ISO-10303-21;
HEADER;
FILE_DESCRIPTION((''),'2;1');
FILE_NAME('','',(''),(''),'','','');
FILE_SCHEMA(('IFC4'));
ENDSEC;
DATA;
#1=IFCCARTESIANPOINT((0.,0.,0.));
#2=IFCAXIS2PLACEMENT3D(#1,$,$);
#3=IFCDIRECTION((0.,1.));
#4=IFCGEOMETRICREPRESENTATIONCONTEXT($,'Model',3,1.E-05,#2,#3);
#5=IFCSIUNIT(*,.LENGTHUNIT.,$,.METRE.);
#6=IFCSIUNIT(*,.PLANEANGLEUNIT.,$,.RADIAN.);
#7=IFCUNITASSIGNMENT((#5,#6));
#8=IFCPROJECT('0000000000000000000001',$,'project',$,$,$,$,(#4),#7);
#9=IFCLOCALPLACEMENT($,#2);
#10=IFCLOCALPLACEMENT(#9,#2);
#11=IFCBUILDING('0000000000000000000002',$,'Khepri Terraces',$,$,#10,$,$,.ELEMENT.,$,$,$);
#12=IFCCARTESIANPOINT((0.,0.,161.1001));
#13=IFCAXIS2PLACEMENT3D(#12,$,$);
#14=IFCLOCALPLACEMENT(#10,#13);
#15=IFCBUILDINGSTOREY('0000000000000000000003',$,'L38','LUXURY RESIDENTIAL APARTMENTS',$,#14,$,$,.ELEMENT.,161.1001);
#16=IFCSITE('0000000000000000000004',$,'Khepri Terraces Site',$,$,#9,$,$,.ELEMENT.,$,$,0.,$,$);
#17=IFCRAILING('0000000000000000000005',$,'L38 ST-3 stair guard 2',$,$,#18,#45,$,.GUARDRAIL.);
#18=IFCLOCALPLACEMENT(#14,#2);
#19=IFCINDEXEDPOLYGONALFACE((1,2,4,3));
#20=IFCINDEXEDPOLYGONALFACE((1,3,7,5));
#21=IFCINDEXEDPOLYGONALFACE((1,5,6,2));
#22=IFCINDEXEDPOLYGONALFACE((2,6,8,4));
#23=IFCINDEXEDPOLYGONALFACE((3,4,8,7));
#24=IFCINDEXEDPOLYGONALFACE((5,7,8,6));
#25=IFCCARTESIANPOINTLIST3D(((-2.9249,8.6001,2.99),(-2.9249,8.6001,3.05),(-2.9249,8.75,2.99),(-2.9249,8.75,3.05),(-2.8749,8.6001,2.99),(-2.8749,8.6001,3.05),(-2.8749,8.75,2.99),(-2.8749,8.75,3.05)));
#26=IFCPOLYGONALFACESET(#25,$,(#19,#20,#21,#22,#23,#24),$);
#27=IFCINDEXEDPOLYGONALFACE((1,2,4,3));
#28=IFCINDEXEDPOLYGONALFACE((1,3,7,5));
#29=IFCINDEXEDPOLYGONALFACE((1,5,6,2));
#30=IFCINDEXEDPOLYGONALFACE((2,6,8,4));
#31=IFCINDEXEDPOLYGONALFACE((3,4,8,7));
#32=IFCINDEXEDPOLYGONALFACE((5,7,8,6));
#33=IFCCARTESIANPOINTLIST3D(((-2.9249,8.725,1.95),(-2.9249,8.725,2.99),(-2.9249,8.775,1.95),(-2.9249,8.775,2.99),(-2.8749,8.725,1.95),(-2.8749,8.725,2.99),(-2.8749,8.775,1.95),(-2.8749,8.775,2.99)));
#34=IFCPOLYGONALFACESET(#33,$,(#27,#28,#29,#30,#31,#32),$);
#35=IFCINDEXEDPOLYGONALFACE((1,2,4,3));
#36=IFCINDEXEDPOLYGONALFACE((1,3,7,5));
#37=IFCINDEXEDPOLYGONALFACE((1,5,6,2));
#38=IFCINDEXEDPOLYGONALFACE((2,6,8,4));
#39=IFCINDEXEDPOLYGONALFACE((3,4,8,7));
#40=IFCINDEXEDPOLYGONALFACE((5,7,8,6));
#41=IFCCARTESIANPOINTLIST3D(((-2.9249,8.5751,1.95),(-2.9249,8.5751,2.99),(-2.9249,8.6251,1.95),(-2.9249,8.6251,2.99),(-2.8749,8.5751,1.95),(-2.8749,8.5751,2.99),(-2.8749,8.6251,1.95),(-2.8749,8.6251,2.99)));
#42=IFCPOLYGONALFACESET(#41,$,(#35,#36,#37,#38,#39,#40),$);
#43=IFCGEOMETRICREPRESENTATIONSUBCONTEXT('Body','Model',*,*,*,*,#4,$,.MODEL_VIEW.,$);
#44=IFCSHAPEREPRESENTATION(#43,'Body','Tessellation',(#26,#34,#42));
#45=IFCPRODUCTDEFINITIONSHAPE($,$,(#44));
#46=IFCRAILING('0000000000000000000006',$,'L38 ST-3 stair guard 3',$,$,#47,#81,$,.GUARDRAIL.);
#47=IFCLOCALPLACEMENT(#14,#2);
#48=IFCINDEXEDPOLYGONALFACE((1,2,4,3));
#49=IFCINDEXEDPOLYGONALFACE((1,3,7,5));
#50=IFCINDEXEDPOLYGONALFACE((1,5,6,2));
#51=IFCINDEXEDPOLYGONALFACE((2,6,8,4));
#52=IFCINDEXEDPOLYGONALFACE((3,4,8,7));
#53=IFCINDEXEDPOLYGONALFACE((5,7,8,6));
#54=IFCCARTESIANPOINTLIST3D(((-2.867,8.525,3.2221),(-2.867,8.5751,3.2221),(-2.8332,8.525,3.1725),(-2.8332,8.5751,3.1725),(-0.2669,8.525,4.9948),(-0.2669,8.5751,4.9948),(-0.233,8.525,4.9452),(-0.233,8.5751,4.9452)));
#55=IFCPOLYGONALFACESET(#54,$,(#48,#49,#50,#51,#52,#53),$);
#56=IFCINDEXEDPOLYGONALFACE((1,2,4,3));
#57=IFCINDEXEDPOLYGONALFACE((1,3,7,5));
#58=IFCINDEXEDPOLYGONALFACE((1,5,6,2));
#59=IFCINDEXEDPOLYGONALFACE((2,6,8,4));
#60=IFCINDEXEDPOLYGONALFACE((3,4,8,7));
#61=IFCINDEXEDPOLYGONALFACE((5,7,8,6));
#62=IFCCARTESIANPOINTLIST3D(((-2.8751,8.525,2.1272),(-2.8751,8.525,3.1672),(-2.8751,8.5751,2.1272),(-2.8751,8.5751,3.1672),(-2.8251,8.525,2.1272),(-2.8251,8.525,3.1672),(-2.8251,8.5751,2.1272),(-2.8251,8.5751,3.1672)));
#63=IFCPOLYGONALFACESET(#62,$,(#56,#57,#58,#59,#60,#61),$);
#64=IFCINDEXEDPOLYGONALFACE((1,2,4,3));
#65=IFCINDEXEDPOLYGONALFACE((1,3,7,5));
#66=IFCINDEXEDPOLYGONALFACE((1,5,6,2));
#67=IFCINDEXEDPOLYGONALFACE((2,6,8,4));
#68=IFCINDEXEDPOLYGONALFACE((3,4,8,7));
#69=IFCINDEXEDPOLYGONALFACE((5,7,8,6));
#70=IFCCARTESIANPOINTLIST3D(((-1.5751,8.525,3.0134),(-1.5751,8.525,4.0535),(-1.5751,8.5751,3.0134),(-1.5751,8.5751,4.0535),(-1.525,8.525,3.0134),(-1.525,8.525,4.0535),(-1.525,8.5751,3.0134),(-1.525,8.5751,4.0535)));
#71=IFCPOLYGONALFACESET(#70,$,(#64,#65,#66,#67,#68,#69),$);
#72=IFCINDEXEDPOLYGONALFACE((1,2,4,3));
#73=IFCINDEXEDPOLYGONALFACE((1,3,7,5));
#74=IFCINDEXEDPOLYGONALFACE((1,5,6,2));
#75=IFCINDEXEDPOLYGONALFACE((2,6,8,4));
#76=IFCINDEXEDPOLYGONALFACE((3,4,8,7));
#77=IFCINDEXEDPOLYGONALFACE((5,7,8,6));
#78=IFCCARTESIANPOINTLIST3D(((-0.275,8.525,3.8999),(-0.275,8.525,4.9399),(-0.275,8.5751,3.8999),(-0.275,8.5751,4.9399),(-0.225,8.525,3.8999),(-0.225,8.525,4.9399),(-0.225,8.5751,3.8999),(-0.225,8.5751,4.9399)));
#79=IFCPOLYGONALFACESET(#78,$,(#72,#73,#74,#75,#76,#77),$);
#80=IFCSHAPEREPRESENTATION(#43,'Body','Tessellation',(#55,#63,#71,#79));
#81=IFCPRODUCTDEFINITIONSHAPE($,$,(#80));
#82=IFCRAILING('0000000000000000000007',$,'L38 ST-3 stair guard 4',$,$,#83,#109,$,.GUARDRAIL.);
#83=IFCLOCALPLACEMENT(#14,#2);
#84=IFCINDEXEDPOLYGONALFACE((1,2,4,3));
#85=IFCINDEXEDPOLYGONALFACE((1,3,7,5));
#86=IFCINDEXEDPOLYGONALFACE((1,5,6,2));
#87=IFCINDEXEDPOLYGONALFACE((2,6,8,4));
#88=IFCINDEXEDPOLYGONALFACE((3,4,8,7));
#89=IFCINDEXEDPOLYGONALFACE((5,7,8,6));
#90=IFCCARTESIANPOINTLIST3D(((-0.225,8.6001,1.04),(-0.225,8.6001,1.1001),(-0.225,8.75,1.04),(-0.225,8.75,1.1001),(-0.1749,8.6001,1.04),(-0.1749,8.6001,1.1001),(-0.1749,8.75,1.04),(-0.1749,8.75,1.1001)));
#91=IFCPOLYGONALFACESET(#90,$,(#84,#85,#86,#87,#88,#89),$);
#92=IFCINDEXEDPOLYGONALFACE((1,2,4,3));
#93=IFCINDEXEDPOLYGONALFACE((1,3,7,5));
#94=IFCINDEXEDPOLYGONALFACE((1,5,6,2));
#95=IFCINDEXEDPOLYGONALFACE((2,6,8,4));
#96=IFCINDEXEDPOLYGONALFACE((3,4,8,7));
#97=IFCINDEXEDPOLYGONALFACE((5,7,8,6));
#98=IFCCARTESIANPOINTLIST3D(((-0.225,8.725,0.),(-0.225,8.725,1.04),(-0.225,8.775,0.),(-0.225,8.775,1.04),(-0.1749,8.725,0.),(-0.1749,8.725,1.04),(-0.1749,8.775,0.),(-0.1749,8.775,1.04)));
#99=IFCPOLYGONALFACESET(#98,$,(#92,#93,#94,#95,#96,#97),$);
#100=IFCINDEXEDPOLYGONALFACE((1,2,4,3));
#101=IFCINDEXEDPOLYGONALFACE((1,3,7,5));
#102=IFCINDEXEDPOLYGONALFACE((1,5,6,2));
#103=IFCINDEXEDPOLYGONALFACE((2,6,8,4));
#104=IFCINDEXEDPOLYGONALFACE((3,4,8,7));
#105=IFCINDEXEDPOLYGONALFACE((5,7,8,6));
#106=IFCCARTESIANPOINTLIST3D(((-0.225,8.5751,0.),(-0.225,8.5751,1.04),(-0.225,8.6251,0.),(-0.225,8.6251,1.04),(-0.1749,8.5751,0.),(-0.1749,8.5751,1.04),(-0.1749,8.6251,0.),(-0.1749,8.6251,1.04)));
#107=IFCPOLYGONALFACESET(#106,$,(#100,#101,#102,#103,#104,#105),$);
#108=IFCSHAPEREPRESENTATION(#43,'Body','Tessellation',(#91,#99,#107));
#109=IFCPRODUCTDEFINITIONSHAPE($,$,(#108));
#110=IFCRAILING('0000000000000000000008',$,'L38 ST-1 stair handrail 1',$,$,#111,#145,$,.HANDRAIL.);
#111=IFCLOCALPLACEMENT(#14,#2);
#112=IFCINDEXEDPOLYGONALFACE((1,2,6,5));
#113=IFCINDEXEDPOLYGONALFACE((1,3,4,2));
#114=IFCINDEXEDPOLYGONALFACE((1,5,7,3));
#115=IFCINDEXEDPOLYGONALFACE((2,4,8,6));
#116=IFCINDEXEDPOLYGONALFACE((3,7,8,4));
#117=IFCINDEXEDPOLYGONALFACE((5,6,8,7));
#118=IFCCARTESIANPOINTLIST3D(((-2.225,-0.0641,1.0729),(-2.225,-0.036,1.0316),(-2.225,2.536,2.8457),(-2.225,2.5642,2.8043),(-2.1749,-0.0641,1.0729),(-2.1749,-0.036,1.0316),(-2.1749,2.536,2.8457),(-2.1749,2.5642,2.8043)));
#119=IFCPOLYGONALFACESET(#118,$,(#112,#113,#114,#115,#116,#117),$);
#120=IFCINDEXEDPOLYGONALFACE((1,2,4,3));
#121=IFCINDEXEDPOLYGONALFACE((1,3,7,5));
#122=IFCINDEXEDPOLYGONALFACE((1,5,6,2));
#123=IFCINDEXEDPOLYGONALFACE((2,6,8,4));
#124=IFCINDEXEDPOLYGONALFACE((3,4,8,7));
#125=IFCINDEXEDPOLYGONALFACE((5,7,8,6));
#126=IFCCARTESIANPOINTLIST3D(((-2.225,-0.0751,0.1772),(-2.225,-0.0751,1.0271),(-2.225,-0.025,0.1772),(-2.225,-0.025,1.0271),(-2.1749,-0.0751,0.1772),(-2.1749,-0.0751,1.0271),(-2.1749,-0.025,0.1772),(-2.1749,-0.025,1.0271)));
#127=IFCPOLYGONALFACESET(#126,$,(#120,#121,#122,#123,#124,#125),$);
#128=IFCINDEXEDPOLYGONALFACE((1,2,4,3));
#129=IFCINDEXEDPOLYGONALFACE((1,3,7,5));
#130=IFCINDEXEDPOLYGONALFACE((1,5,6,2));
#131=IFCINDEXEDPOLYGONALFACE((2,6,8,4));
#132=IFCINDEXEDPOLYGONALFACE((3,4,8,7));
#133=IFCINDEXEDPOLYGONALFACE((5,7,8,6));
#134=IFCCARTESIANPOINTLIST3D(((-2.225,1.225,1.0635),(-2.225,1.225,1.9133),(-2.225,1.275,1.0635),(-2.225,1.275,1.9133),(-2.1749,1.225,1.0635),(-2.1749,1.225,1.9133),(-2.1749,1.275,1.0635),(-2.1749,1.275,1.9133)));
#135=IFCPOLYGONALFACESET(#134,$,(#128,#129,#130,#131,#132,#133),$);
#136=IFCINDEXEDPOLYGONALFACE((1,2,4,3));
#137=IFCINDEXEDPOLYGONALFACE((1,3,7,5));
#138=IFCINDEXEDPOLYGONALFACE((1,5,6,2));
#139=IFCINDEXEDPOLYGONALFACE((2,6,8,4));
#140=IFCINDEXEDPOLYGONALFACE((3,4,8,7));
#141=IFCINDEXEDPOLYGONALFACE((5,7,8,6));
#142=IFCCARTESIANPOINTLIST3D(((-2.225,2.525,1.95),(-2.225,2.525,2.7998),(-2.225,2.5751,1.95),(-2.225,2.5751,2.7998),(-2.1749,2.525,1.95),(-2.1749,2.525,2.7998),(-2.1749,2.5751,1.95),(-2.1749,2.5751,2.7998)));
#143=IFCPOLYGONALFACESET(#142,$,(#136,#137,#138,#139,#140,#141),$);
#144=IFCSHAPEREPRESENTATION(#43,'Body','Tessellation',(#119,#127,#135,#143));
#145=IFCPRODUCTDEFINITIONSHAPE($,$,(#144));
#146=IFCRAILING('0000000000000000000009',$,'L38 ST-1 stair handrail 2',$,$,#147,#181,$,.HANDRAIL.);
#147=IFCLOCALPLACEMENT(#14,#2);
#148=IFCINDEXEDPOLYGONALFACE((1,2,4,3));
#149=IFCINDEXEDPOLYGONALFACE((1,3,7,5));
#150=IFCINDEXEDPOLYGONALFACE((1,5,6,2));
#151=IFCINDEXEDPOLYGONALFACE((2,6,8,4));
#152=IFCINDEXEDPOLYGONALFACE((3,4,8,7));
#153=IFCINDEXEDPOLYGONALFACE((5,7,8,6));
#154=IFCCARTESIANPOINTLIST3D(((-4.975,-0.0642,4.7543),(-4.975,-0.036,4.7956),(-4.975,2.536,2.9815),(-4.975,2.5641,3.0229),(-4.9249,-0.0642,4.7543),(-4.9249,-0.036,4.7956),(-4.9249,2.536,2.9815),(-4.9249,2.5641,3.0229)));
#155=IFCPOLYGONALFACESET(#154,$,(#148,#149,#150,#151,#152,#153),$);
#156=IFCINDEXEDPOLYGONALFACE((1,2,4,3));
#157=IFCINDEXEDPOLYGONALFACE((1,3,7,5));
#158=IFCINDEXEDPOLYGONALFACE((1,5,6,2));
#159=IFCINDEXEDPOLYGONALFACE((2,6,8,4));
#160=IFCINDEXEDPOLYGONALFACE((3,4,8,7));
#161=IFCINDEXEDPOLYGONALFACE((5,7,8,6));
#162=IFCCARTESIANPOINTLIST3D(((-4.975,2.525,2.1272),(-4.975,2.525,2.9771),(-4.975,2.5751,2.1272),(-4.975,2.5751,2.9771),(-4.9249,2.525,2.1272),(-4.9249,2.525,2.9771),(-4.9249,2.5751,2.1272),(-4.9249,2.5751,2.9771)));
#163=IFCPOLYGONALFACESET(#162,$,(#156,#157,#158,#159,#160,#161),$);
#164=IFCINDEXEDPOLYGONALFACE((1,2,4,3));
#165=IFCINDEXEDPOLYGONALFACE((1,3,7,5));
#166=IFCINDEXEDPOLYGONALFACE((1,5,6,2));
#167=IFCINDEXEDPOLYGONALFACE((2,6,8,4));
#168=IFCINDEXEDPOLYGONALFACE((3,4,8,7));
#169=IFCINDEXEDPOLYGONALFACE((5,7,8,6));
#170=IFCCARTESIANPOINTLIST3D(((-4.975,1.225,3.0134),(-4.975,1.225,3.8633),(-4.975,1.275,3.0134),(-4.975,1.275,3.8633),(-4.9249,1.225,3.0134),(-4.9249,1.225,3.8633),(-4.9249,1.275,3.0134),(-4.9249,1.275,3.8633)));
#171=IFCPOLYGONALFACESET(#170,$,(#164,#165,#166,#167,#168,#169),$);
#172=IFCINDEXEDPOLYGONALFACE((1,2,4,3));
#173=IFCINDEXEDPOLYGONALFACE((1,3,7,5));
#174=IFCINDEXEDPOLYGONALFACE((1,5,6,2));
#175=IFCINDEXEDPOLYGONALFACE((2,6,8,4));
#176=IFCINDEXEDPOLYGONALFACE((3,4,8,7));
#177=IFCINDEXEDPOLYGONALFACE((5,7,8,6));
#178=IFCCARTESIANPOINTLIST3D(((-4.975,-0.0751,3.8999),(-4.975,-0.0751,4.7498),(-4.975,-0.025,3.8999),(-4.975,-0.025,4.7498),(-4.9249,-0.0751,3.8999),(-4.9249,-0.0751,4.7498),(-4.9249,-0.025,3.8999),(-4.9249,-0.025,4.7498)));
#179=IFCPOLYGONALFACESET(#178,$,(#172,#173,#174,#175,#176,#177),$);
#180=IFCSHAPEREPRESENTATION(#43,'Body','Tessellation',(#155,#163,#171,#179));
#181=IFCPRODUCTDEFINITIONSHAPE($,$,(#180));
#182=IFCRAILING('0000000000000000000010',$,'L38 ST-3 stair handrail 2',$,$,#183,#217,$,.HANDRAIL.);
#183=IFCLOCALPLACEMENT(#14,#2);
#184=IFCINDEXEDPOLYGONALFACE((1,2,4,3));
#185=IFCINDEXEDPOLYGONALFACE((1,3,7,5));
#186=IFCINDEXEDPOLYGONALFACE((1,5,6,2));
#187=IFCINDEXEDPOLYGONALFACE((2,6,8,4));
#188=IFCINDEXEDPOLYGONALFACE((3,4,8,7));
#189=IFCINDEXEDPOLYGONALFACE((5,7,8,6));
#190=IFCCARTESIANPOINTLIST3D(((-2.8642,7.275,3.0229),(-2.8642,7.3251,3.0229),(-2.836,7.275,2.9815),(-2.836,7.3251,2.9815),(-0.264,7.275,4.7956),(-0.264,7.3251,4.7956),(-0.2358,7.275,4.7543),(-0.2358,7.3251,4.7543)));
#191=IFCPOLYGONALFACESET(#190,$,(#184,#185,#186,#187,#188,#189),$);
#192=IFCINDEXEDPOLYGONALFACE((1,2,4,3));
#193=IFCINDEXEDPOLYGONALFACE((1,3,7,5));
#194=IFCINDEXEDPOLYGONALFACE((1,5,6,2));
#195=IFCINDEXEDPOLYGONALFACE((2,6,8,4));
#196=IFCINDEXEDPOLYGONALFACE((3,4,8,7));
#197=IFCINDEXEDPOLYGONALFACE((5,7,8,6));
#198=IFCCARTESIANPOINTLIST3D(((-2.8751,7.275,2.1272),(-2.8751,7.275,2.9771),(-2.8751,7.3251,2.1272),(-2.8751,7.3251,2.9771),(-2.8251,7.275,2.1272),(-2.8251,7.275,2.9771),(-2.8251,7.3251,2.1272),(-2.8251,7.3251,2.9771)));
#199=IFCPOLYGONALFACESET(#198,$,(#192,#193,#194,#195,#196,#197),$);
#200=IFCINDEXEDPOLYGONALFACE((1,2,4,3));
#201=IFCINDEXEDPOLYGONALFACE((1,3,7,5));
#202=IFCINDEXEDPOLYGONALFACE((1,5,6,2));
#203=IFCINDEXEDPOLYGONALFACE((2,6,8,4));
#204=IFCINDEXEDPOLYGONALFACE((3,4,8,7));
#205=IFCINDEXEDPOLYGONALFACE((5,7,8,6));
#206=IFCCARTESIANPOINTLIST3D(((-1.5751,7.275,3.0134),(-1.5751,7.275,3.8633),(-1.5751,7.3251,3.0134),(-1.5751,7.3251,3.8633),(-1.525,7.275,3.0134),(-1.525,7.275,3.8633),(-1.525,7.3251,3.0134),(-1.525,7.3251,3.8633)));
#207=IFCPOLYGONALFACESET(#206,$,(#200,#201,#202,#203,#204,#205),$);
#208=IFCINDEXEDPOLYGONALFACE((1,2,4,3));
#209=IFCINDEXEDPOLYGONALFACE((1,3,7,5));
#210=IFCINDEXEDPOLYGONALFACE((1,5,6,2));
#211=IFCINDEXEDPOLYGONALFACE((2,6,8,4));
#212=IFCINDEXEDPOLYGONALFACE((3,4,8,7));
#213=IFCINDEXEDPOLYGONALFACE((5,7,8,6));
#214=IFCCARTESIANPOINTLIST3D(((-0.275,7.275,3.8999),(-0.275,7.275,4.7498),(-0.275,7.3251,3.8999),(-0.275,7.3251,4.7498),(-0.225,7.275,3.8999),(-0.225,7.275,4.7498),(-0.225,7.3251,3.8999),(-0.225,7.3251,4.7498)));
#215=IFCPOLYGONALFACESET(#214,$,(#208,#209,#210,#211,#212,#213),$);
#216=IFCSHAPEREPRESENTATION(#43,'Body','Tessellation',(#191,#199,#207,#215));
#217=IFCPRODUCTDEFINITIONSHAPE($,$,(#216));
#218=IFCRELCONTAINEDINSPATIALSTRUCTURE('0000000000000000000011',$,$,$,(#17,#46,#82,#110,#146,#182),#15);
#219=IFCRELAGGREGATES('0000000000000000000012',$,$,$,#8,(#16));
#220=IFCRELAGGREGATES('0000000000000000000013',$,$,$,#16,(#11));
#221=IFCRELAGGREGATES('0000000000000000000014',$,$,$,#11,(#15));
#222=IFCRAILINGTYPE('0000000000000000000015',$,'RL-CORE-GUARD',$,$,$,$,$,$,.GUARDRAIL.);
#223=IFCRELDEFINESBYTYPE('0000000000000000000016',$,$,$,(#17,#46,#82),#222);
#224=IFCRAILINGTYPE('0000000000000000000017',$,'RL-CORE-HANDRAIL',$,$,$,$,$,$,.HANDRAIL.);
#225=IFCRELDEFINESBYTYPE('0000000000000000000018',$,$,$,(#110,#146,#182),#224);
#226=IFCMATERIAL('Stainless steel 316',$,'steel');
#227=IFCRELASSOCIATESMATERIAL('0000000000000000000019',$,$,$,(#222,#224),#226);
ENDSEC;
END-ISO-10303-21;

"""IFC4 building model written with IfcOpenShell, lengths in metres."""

from ifc_helpers import new_model, si_unit, direction, frame, origin, origin_2d, place, context, subcontext, project, spatial, rectangle, extrude, material, type_object, element, save


model = new_model("IFC4")

# Units and contexts
model_context = context("Model", 3, precision=1e-05, world=origin(), true_north=direction((0.0, 1.0)))
body_context = subcontext(model_context, "Body", "Model", "MODEL_VIEW")
ifc_project = project(units=[si_unit("LENGTHUNIT", "METRE"), si_unit("PLANEANGLEUNIT", "RADIAN")], contexts=[model_context])

# Site, building, storey
site_placement = place(None, origin())
site = spatial("IfcSite", under=ifc_project, at=site_placement, Name="Khepri Terraces Site", CompositionType="ELEMENT", RefElevation=0.0)
building_placement = place(site_placement, origin())
building = spatial("IfcBuilding", under=site, at=building_placement, Name="Khepri Terraces", CompositionType="ELEMENT")
storey_placement = place(building_placement, frame((0.0, 0.0, 161.1001)))
storey = spatial("IfcBuildingStorey", under=building, at=storey_placement, Name="L38", Description="LUXURY RESIDENTIAL APARTMENTS", CompositionType="ELEMENT", Elevation=161.1001)

# Railings
ifc_material_1 = material(Name="Stainless steel 316", Category="steel")
railing_type_1 = type_object("IfcRailingType", Name="RL-CORE-GUARD", PredefinedType="GUARDRAIL", material=ifc_material_1)
railing_1_placement = place(storey_placement, frame((-2.8999, 8.75, 1.95)))
element("IfcRailing", 1, at=railing_1_placement, inside=storey, type_object=railing_type_1, Name="L38 ST-3 stair guard 2", PredefinedType="GUARDRAIL", context=body_context, shape_type="SweptSolid", body=[
    extrude(rectangle(XDim=0.05, YDim=0.0601, at=origin_2d()), frame((0.0, 0.0, 1.0701), z_axis=(0.0, -1.0, 0.0), x_axis=(1.0, 0.0, 0.0)), (0.0, 0.0, 1.0), 0.1499),
    extrude(rectangle(XDim=0.05, YDim=0.05, at=origin_2d()), origin(), (0.0, 0.0, 1.0), 1.04),
    extrude(rectangle(XDim=0.05, YDim=0.05, at=origin_2d()), frame((0.0, -0.1499, 0.0)), (0.0, 0.0, 1.0), 1.04),
])
railing_2_placement = place(storey_placement, frame((-2.8501, 8.55, 2.1272)))
element("IfcRailing", 2, at=railing_2_placement, inside=storey, type_object=railing_type_1, Name="L38 ST-3 stair guard 3", PredefinedType="GUARDRAIL", context=body_context, shape_type="SweptSolid", body=[
    extrude(rectangle(XDim=0.05, YDim=0.0601, at=origin_2d()), frame((0.0, 0.0, 1.0701), z_axis=(0.82624, 0.0, 0.563318), x_axis=(0.0, 1.0, 0.0)), (0.0, 0.0, 1.0), 3.147),
    extrude(rectangle(XDim=0.05, YDim=0.05, at=origin_2d()), origin(), (0.0, 0.0, 1.0), 1.04),
    extrude(rectangle(XDim=0.05, YDim=0.05, at=origin_2d()), frame((1.3, 0.0, 0.8862)), (0.0, 0.0, 1.0), 1.04),
    extrude(rectangle(XDim=0.05, YDim=0.05, at=origin_2d()), frame((2.6001, 0.0, 1.7727)), (0.0, 0.0, 1.0), 1.04),
])
railing_3_placement = place(storey_placement, frame((-0.2, 8.75, 0.0)))
element("IfcRailing", 3, at=railing_3_placement, inside=storey, type_object=railing_type_1, Name="L38 ST-3 stair guard 4", PredefinedType="GUARDRAIL", context=body_context, shape_type="SweptSolid", body=[
    extrude(rectangle(XDim=0.05, YDim=0.0601, at=origin_2d()), frame((0.0, 0.0, 1.0701), z_axis=(0.0, -1.0, 0.0), x_axis=(1.0, 0.0, 0.0)), (0.0, 0.0, 1.0), 0.1499),
    extrude(rectangle(XDim=0.05, YDim=0.05, at=origin_2d()), origin(), (0.0, 0.0, 1.0), 1.04),
    extrude(rectangle(XDim=0.05, YDim=0.05, at=origin_2d()), frame((0.0, -0.1499, 0.0)), (0.0, 0.0, 1.0), 1.04),
])
railing_type_2 = type_object("IfcRailingType", Name="RL-CORE-HANDRAIL", PredefinedType="HANDRAIL", material=ifc_material_1)
railing_4_placement = place(storey_placement, frame((-2.2, -0.05, 0.1772)))
element("IfcRailing", 4, at=railing_4_placement, inside=storey, type_object=railing_type_2, Name="L38 ST-1 stair handrail 1", PredefinedType="HANDRAIL", context=body_context, shape_type="SweptSolid", body=[
    extrude(rectangle(XDim=0.05, YDim=0.05, at=origin_2d()), frame((0.0, 0.0, 0.875), z_axis=(0.0, 0.82624, 0.563318), x_axis=(-1.0, 0.0, 0.0)), (0.0, 0.0, 1.0), 3.147),
    extrude(rectangle(XDim=0.05, YDim=0.05, at=origin_2d()), origin(), (0.0, 0.0, 1.0), 0.8499),
    extrude(rectangle(XDim=0.05, YDim=0.05, at=origin_2d()), frame((0.0, 1.3, 0.8862)), (0.0, 0.0, 1.0), 0.8499),
    extrude(rectangle(XDim=0.05, YDim=0.05, at=origin_2d()), frame((0.0, 2.6001, 1.7727)), (0.0, 0.0, 1.0), 0.8499),
])
railing_5_placement = place(storey_placement, frame((-4.95, 2.55, 2.1272)))
element("IfcRailing", 5, at=railing_5_placement, inside=storey, type_object=railing_type_2, Name="L38 ST-1 stair handrail 2", PredefinedType="HANDRAIL", context=body_context, shape_type="SweptSolid", body=[
    extrude(rectangle(XDim=0.05, YDim=0.05, at=origin_2d()), frame((0.0, 0.0, 0.875), z_axis=(0.0, -0.82624, 0.563318), x_axis=(1.0, 0.0, 0.0)), (0.0, 0.0, 1.0), 3.147),
    extrude(rectangle(XDim=0.05, YDim=0.05, at=origin_2d()), origin(), (0.0, 0.0, 1.0), 0.8499),
    extrude(rectangle(XDim=0.05, YDim=0.05, at=origin_2d()), frame((0.0, -1.3, 0.8862)), (0.0, 0.0, 1.0), 0.8499),
    extrude(rectangle(XDim=0.05, YDim=0.05, at=origin_2d()), frame((0.0, -2.6001, 1.7727)), (0.0, 0.0, 1.0), 0.8499),
])
railing_6_placement = place(storey_placement, frame((-2.8501, 7.3, 2.1272)))
element("IfcRailing", 6, at=railing_6_placement, inside=storey, type_object=railing_type_2, Name="L38 ST-3 stair handrail 2", PredefinedType="HANDRAIL", context=body_context, shape_type="SweptSolid", body=[
    extrude(rectangle(XDim=0.05, YDim=0.05, at=origin_2d()), frame((0.0, 0.0, 0.875), z_axis=(0.82624, 0.0, 0.563318), x_axis=(0.0, 1.0, 0.0)), (0.0, 0.0, 1.0), 3.147),
    extrude(rectangle(XDim=0.05, YDim=0.05, at=origin_2d()), origin(), (0.0, 0.0, 1.0), 0.8499),
    extrude(rectangle(XDim=0.05, YDim=0.05, at=origin_2d()), frame((1.3, 0.0, 0.8862)), (0.0, 0.0, 1.0), 0.8499),
    extrude(rectangle(XDim=0.05, YDim=0.05, at=origin_2d()), frame((2.6001, 0.0, 1.7727)), (0.0, 0.0, 1.0), 0.8499),
])

save(model, "model.ifc")
